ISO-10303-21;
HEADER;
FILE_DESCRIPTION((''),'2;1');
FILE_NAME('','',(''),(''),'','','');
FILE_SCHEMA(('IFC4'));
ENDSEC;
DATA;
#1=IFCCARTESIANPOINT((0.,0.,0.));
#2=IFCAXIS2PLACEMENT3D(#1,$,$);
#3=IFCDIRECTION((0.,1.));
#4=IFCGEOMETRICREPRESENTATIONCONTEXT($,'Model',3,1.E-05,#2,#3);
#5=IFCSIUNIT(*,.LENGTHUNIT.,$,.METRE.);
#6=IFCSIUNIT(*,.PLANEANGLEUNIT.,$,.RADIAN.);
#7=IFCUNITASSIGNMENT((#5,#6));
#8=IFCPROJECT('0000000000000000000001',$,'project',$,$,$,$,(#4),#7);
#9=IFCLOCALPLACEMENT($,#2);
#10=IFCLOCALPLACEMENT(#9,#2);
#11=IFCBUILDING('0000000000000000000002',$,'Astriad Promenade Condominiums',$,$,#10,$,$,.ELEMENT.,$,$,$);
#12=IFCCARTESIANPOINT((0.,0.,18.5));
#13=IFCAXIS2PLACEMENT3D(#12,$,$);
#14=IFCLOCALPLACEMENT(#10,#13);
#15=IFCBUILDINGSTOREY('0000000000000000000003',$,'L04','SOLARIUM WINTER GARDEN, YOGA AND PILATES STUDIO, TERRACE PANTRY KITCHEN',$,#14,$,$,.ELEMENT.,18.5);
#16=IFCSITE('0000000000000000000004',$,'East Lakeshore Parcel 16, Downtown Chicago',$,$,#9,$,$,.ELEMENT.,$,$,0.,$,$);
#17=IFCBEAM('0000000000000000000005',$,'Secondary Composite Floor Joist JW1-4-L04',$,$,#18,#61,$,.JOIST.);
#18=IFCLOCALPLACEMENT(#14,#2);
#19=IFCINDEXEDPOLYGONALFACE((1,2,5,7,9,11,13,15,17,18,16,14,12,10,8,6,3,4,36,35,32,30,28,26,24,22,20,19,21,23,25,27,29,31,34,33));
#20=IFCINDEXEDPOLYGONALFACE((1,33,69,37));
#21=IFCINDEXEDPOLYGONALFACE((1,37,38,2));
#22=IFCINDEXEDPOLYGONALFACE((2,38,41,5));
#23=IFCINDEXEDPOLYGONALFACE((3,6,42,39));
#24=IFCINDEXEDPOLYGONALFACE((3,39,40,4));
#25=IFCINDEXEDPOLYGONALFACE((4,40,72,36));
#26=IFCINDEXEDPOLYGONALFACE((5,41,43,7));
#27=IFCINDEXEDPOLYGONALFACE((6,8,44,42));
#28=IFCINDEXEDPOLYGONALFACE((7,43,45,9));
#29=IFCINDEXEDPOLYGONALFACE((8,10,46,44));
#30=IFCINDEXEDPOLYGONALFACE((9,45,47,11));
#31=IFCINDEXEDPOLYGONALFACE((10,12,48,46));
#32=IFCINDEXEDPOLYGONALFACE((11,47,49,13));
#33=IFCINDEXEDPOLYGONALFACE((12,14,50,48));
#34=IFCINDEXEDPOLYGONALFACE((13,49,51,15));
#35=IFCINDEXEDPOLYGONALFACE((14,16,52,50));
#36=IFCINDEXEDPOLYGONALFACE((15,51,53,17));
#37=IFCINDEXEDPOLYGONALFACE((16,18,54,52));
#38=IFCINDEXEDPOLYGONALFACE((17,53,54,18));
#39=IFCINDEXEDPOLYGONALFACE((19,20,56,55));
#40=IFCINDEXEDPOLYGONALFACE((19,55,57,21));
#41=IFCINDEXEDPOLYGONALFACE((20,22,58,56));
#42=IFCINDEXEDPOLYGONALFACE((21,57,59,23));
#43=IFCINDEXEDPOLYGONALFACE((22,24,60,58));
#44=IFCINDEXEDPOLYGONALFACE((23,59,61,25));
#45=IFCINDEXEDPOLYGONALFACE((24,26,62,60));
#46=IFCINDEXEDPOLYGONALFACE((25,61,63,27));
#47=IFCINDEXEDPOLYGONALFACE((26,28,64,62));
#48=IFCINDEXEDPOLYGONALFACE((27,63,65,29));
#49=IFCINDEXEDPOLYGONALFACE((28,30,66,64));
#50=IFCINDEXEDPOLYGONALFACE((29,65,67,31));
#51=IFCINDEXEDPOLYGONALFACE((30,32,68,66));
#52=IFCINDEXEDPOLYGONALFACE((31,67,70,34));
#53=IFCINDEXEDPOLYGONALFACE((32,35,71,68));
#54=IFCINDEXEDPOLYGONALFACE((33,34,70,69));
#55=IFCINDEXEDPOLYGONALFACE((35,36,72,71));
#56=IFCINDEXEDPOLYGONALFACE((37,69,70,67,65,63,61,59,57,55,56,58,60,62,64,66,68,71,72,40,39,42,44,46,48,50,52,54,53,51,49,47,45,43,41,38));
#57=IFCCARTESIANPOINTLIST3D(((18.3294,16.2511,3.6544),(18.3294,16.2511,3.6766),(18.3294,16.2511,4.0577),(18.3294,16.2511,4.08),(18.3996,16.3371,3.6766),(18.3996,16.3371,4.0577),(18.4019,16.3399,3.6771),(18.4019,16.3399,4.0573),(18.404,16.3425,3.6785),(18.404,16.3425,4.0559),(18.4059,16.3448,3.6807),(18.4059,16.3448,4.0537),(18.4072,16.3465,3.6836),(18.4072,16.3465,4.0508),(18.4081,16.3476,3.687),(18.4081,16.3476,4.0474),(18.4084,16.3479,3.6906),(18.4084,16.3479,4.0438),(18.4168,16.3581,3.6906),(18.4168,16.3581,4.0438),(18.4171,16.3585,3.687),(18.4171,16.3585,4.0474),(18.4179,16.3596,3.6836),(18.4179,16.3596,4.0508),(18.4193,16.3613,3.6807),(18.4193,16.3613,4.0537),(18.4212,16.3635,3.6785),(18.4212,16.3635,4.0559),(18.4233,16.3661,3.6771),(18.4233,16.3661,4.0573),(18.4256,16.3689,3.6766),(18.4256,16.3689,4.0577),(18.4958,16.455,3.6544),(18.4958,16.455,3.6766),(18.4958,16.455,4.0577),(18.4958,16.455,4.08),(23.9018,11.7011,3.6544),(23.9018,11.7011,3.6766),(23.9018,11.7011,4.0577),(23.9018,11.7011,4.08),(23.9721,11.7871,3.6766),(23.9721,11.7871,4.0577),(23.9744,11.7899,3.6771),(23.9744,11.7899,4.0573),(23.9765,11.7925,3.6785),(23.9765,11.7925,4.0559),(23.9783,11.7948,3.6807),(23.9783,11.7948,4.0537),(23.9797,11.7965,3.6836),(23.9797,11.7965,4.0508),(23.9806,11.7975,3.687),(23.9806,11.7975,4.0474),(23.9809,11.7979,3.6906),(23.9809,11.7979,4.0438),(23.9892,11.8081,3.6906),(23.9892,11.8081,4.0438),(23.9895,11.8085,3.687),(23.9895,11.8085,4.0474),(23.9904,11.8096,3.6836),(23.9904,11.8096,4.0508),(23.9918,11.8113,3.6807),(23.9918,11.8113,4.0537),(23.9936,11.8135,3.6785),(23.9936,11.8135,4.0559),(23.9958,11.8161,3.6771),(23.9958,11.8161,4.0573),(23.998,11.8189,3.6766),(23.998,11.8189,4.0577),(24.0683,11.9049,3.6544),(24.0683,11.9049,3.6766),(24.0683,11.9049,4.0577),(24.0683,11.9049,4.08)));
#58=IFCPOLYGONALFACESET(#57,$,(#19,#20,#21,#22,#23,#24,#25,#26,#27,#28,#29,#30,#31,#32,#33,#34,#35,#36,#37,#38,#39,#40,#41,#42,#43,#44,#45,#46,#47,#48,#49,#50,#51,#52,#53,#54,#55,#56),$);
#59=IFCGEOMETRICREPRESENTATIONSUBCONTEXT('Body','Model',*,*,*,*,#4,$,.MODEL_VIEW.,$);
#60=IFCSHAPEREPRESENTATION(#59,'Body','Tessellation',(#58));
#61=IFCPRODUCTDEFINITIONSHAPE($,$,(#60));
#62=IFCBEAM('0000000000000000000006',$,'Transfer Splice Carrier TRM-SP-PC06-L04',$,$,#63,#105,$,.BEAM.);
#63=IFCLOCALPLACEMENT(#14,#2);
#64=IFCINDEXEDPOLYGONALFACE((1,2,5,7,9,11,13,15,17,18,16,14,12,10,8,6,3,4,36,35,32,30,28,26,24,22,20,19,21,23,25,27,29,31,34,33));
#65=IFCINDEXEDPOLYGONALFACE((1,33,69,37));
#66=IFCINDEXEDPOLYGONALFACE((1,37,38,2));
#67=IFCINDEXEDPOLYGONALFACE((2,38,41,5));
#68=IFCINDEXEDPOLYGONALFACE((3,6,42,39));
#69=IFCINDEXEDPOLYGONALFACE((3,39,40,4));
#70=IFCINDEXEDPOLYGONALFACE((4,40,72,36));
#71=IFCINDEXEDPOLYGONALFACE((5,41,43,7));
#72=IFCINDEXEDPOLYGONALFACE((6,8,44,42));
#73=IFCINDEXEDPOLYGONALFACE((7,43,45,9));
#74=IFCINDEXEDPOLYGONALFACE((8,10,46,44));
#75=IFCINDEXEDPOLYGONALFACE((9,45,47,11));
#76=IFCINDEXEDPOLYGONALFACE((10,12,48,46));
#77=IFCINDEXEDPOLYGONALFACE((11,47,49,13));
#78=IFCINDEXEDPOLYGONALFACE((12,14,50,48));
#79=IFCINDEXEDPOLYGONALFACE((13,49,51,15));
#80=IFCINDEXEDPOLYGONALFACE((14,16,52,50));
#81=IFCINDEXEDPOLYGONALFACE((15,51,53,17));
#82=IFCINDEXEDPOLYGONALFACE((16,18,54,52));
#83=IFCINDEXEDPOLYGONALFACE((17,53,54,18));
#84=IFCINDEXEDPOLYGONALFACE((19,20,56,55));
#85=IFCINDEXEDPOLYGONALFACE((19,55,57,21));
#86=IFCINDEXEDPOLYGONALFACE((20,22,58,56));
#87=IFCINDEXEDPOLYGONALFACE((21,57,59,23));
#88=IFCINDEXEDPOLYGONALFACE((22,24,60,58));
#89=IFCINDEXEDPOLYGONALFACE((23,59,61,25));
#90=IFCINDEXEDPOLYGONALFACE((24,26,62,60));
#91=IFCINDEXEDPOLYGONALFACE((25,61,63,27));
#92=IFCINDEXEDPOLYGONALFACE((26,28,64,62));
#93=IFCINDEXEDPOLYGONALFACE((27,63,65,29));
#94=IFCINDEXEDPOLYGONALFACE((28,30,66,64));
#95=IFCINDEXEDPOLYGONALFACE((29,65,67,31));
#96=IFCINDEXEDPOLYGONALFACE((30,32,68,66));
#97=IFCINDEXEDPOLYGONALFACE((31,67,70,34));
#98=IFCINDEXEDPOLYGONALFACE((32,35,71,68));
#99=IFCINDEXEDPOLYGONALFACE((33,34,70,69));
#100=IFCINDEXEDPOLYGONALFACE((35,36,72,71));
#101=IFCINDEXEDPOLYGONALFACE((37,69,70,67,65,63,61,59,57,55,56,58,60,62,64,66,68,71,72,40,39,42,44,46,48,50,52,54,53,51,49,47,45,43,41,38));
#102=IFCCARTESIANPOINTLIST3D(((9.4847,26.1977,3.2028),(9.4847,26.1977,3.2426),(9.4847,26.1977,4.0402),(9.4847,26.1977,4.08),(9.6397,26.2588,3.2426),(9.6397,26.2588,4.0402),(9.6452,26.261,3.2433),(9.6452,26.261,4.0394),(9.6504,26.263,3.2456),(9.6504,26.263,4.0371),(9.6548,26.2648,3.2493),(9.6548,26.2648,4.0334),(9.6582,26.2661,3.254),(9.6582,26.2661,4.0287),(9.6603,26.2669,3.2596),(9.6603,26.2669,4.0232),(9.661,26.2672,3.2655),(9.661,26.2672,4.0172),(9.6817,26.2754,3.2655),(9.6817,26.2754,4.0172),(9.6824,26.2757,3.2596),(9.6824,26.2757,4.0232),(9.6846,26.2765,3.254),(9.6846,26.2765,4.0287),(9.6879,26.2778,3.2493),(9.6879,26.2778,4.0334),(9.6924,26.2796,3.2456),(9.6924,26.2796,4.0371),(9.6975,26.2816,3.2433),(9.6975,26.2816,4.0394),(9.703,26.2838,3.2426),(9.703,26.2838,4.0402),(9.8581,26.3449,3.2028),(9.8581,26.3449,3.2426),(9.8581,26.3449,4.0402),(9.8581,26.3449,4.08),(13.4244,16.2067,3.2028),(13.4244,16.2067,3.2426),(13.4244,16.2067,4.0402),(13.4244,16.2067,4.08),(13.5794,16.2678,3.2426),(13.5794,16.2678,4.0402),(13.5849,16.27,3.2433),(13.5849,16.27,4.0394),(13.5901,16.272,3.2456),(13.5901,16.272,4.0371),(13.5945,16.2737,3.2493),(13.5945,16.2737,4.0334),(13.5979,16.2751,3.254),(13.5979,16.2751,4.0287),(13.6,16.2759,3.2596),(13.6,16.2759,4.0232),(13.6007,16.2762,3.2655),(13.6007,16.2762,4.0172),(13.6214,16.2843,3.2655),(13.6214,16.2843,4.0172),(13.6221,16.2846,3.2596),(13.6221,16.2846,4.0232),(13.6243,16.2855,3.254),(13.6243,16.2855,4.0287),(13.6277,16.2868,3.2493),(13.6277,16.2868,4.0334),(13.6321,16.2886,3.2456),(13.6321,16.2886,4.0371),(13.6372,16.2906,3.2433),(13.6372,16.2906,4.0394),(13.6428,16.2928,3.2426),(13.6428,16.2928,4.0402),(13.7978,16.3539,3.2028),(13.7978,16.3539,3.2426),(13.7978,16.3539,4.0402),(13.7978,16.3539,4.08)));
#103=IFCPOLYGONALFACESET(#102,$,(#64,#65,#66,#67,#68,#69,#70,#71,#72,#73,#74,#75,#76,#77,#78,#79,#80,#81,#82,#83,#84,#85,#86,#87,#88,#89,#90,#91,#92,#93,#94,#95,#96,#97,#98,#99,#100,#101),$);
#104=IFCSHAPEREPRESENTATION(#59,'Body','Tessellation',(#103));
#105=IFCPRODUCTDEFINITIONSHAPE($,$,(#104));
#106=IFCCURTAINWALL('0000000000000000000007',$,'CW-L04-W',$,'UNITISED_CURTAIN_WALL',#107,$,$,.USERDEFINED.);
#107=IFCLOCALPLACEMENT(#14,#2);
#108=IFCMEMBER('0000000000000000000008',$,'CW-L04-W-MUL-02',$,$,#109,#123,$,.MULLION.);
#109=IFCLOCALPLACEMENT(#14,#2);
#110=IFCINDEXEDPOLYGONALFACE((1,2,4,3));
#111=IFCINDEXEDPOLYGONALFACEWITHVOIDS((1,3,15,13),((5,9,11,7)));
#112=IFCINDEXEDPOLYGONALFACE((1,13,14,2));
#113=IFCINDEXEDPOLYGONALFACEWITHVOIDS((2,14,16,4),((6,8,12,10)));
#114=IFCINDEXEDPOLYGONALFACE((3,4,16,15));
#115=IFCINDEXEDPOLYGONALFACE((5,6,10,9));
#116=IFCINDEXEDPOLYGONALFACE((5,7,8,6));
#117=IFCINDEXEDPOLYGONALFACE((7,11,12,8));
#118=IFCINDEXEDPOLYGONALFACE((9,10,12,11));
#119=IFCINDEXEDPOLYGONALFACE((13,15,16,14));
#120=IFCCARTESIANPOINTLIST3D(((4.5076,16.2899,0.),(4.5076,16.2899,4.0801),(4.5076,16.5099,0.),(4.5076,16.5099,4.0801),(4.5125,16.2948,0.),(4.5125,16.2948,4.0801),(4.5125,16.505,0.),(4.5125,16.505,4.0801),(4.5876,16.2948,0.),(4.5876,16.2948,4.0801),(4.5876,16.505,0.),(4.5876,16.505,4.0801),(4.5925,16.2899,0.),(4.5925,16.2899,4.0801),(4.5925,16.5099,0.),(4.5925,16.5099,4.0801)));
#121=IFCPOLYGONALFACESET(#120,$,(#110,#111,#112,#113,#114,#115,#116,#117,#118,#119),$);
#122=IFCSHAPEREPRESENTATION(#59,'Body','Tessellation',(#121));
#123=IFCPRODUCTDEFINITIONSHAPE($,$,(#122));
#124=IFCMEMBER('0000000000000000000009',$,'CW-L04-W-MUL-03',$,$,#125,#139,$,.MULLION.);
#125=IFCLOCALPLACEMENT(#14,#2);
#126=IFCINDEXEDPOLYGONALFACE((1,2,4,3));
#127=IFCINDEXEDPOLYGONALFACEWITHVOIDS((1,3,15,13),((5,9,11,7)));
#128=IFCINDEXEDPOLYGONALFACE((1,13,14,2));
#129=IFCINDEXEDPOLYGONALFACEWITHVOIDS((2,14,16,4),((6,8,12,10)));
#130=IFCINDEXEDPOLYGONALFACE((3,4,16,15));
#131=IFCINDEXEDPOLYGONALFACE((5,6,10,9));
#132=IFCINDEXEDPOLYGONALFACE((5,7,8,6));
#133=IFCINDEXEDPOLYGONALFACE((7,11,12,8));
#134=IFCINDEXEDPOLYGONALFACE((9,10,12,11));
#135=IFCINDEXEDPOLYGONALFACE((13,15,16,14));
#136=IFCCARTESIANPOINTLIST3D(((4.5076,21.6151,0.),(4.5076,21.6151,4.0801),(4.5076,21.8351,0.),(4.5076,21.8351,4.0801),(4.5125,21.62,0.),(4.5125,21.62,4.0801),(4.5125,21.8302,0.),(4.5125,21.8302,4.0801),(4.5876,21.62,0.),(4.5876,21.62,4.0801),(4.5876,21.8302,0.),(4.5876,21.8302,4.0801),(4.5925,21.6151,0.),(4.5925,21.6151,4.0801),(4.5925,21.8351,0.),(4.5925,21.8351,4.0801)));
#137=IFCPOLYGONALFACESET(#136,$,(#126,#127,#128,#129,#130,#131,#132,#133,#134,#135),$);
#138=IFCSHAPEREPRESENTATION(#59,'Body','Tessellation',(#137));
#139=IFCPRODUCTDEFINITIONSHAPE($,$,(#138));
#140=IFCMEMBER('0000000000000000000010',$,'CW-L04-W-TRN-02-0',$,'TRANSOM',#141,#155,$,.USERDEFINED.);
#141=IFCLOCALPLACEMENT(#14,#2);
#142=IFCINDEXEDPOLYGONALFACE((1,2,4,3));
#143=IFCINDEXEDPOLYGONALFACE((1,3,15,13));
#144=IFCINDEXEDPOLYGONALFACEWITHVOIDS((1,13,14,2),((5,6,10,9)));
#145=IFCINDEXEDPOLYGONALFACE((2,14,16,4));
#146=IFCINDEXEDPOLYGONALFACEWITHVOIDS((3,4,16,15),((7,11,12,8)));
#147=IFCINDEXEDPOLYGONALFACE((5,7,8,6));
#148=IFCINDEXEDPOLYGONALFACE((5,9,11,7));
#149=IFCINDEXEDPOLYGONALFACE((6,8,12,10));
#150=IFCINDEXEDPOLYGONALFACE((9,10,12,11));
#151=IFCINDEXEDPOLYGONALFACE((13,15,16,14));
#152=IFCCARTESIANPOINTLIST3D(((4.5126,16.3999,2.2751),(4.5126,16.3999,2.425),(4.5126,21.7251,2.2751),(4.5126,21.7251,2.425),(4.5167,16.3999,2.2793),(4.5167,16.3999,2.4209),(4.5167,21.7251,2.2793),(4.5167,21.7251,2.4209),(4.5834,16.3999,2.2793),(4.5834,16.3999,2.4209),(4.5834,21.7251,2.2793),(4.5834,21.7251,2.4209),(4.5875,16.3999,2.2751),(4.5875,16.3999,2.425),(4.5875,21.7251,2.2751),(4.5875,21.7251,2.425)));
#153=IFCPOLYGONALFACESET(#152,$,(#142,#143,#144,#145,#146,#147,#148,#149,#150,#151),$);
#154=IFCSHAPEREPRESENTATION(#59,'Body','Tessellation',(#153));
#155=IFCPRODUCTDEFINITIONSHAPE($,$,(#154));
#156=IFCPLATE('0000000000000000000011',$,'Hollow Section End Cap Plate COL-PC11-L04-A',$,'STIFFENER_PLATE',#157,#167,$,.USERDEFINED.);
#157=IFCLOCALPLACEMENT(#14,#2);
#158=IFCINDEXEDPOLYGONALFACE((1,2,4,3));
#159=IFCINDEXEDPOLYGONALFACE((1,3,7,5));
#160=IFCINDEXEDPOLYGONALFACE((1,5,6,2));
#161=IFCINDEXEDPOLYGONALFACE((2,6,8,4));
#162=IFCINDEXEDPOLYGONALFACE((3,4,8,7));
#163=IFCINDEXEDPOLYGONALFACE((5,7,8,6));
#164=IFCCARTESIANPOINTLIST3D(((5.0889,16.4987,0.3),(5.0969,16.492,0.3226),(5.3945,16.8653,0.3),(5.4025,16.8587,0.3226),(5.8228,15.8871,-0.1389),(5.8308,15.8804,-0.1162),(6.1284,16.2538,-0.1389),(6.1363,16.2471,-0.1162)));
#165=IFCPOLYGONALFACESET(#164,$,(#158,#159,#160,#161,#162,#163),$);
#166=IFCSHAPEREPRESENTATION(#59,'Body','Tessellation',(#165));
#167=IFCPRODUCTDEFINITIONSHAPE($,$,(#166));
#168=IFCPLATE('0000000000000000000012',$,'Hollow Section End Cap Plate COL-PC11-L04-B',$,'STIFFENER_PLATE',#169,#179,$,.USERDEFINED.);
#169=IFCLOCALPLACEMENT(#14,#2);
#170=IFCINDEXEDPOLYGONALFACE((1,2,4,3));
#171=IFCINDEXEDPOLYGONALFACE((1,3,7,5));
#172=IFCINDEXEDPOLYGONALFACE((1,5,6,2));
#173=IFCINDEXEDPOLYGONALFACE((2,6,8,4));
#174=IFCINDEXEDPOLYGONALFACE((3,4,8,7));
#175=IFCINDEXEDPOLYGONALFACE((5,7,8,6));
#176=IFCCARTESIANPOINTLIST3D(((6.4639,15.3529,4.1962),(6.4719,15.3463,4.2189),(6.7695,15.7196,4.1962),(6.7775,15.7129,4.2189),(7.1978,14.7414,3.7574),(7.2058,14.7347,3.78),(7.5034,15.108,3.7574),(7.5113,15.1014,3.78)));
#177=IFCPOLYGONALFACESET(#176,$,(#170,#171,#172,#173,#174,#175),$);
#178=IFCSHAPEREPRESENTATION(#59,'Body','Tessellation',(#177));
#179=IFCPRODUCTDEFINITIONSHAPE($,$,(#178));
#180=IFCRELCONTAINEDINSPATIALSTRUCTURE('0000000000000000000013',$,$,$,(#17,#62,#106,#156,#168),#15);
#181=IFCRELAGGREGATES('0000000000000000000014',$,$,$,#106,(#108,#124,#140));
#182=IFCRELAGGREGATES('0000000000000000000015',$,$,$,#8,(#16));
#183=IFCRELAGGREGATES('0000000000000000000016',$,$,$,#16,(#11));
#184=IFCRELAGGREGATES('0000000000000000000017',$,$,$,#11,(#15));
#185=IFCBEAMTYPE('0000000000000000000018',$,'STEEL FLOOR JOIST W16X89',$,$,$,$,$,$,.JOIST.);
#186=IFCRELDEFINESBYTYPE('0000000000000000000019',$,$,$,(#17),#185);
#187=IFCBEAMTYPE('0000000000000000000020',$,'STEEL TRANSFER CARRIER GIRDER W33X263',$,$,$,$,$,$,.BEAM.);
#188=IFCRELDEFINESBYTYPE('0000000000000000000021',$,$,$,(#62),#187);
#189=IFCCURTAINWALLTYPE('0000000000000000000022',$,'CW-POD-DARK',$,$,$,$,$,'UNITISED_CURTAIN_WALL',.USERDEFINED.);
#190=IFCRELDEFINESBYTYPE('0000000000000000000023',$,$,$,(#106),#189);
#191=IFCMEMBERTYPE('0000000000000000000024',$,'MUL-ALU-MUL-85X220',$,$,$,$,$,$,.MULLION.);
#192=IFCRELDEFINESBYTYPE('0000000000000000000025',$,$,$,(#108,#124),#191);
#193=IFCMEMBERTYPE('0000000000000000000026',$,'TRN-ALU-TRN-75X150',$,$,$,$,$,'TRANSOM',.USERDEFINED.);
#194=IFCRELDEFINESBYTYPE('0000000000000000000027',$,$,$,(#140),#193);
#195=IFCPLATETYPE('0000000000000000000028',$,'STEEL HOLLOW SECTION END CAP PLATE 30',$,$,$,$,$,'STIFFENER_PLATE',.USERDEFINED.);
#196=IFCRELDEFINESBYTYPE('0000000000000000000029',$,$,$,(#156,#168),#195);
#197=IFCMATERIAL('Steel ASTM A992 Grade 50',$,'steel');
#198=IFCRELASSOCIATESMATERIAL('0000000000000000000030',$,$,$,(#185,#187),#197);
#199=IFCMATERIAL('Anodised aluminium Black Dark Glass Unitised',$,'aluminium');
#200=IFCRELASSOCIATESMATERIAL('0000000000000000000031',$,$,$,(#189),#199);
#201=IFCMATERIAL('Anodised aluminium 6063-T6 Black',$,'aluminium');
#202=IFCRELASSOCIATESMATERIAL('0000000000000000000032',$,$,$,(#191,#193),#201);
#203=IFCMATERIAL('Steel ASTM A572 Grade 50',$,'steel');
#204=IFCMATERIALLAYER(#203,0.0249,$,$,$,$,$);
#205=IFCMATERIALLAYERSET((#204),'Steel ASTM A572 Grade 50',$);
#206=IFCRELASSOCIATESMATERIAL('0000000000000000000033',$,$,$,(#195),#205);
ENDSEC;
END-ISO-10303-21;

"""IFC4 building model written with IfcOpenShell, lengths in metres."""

from ifc_helpers import new_model, si_unit, direction, frame, origin, origin_2d, place, context, subcontext, project, spatial, rectangle, hollow_rectangle, i_section, extrude, source, transform, mapped, material, layer, layer_set, material_profile, profile_set, type_object, type_shapes, element, aggregate, save


model = new_model("IFC4")

# Units and contexts
model_context = context("Model", 3, precision=1e-05, world=origin(), true_north=direction((0.0, 1.0)))
body_context = subcontext(model_context, "Body", "Model", "MODEL_VIEW")
ifc_project = project(units=[si_unit("LENGTHUNIT", "METRE"), si_unit("PLANEANGLEUNIT", "RADIAN")], contexts=[model_context])

# Site, building, storey
site_placement = place(None, origin())
site = spatial("IfcSite", under=ifc_project, at=site_placement, Name="East Lakeshore Parcel 16, Downtown Chicago", CompositionType="ELEMENT", RefElevation=0.0)
building_placement = place(site_placement, origin())
building = spatial("IfcBuilding", under=site, at=building_placement, Name="Astriad Promenade Condominiums", CompositionType="ELEMENT")
storey_placement = place(building_placement, frame((0.0, 0.0, 18.5)))
storey = spatial("IfcBuildingStorey", under=building, at=storey_placement, Name="L04", Description="SOLARIUM WINTER GARDEN, YOGA AND PILATES STUDIO, TERRACE PANTRY KITCHEN", CompositionType="ELEMENT", Elevation=18.5)

# Shared definitions
ifc_material_1 = material(Name="Steel ASTM A992 Grade 50", Category="steel")

# Beams
ifc_material_profile_1 = material_profile(ifc_material_1, i_section(OverallWidth=0.2632, OverallDepth=0.4255, WebThickness=0.0132, FlangeThickness=0.0222, FilletRadius=0.0139, at=origin_2d()), Name="W16X89")
ifc_profile_set_1 = profile_set([ifc_material_profile_1], Name="Steel ASTM A992 Grade 50")
beam_type_1 = type_object("IfcBeamType", Name="STEEL FLOOR JOIST W16X89", PredefinedType="JOIST", material=ifc_profile_set_1)
shared_shape_1 = source(origin(), body_context, "Body", "SweptSolid", [
    extrude(i_section(OverallWidth=0.2632, OverallDepth=0.4255, WebThickness=0.0132, FlangeThickness=0.0222, FilletRadius=0.0139, at=origin_2d()), origin(), (0.0, 0.0, 1.0), 7.1941),
])
beam_1_placement = place(storey_placement, frame((18.4126, 16.353, 3.8672), z_axis=(0.774589, -0.632465, 0.0), x_axis=(0.632465, 0.774589, 0.0)))
element("IfcBeam", 1, at=beam_1_placement, inside=storey, type_object=beam_type_1, Name="Secondary Composite Floor Joist JW1-4-L04", PredefinedType="JOIST", context=body_context, shape_type="MappedRepresentation", body=[
    mapped(shared_shape_1, transform((0.0, 0.0, 0.0), scale=1.0)),
])
ifc_material_profile_2 = material_profile(ifc_material_1, i_section(OverallWidth=0.4014, OverallDepth=0.8772, WebThickness=0.0222, FlangeThickness=0.0398, FilletRadius=0.0229, at=origin_2d()), Name="W33X263")
ifc_profile_set_2 = profile_set([ifc_material_profile_2], Name="Steel ASTM A992 Grade 50")
beam_type_2 = type_object("IfcBeamType", Name="STEEL TRANSFER CARRIER GIRDER W33X263", PredefinedType="BEAM", material=ifc_profile_set_2)
shared_shape_2 = source(origin(), body_context, "Body", "SweptSolid", [
    extrude(i_section(OverallWidth=0.4014, OverallDepth=0.8772, WebThickness=0.0222, FlangeThickness=0.0398, FilletRadius=0.0229, at=origin_2d()), origin(), (0.0, 0.0, 1.0), 10.7397),
])
type_shapes(beam_type_2, [shared_shape_2])
beam_2_placement = place(storey_placement, frame((13.6111, 16.2803, 3.6414), z_axis=(-0.366836, 0.930286, 0.0), x_axis=(-0.930286, -0.366836, 0.0)))
element("IfcBeam", 2, at=beam_2_placement, inside=storey, type_object=beam_type_2, Name="Transfer Splice Carrier TRM-SP-PC06-L04", PredefinedType="BEAM", context=body_context, shape_type="MappedRepresentation", body=[
    mapped(shared_shape_2, transform((0.0, 0.0, 0.0), scale=1.0)),
])

# Curtain wall, members
ifc_material_2 = material(Name="Anodised aluminium Black Dark Glass Unitised", Category="aluminium")
curtain_wall_type = type_object("IfcCurtainWallType", Name="CW-POD-DARK", ElementType="UNITISED_CURTAIN_WALL", PredefinedType="USERDEFINED", material=ifc_material_2)
curtain_wall_placement = place(storey_placement, origin())
curtain_wall = element("IfcCurtainWall", 3, at=curtain_wall_placement, inside=storey, type_object=curtain_wall_type, Name="CW-L04-W", ObjectType="UNITISED_CURTAIN_WALL", PredefinedType="USERDEFINED")
ifc_material_3 = material(Name="Anodised aluminium 6063-T6 Black", Category="aluminium")
ifc_material_profile_3 = material_profile(ifc_material_3, hollow_rectangle(XDim=0.085, YDim=0.22, WallThickness=0.0049, at=origin_2d()), Name="ALU-MUL-85X220")
ifc_profile_set_3 = profile_set([ifc_material_profile_3], Name="Anodised aluminium 6063-T6 Black")
member_type_1 = type_object("IfcMemberType", Name="MUL-ALU-MUL-85X220", PredefinedType="MULLION", material=ifc_profile_set_3)
shared_shape_3 = source(origin(), body_context, "Body", "SweptSolid", [
    extrude(hollow_rectangle(XDim=0.085, YDim=0.22, WallThickness=0.0049, at=origin_2d()), origin(), (0.0, 0.0, 1.0), 4.0801),
])
type_shapes(member_type_1, [shared_shape_3])
member_1_placement = place(storey_placement, frame((4.55, 16.3999, 0.0), z_axis=(0.0, 0.0, 1.0), x_axis=(1.0, 0.0, 0.0)))
member_1 = element("IfcMember", 4, at=member_1_placement, type_object=member_type_1, Name="CW-L04-W-MUL-02", PredefinedType="MULLION", context=body_context, shape_type="MappedRepresentation", body=[
    mapped(shared_shape_3, transform((0.0, 0.0, 0.0), scale=1.0)),
])
member_2_placement = place(storey_placement, frame((4.55, 21.7251, 0.0), z_axis=(0.0, 0.0, 1.0), x_axis=(1.0, 0.0, 0.0)))
member_2 = element("IfcMember", 5, at=member_2_placement, type_object=member_type_1, Name="CW-L04-W-MUL-03", PredefinedType="MULLION", context=body_context, shape_type="MappedRepresentation", body=[
    mapped(shared_shape_3, transform((0.0, 0.0, 0.0), scale=1.0)),
])
ifc_material_profile_4 = material_profile(ifc_material_3, hollow_rectangle(XDim=0.075, YDim=0.1499, WallThickness=0.0042, at=origin_2d()), Name="ALU-TRN-75X150")
ifc_profile_set_4 = profile_set([ifc_material_profile_4], Name="Anodised aluminium 6063-T6 Black")
member_type_2 = type_object("IfcMemberType", Name="TRN-ALU-TRN-75X150", ElementType="TRANSOM", PredefinedType="USERDEFINED", material=ifc_profile_set_4)
shared_shape_4 = source(origin(), body_context, "Body", "SweptSolid", [
    extrude(hollow_rectangle(XDim=0.075, YDim=0.1499, WallThickness=0.0042, at=origin_2d()), origin(), (0.0, 0.0, 1.0), 5.3252),
])
type_shapes(member_type_2, [shared_shape_4])
member_3_placement = place(storey_placement, frame((4.55, 16.3999, 2.3501), z_axis=(0.0, 1.0, 0.0), x_axis=(-1.0, 0.0, 0.0)))
member_3 = element("IfcMember", 6, at=member_3_placement, type_object=member_type_2, Name="CW-L04-W-TRN-02-0", ObjectType="TRANSOM", PredefinedType="USERDEFINED", context=body_context, shape_type="MappedRepresentation", body=[
    mapped(shared_shape_4, transform((0.0, 0.0, 0.0), scale=1.0)),
])

# Plates
ifc_material_4 = material(Name="Steel ASTM A572 Grade 50", Category="steel")
ifc_layer_1 = layer(ifc_material_4, 0.0249)
ifc_layer_set_1 = layer_set([ifc_layer_1], Name="Steel ASTM A572 Grade 50")
plate_type_1 = type_object("IfcPlateType", Name="STEEL HOLLOW SECTION END CAP PLATE 30", ElementType="STIFFENER_PLATE", PredefinedType="USERDEFINED", material=ifc_layer_set_1)
shared_shape_5 = source(origin(), body_context, "Body", "SweptSolid", [
    extrude(rectangle(XDim=0.4773, YDim=1.0513, at=origin_2d()), origin(), (0.0, 0.0, 1.0), 0.0249),
])
type_shapes(plate_type_1, [shared_shape_5])
for number, where, z_axis, x_axis, name in (
    (7, (5.6086, 16.3762, 0.0806), (0.320697, -0.267255, 0.908696), (0.640195, 0.768212, 0.0), "Hollow Section End Cap Plate COL-PC11-L04-A"),
    (8, (6.9836, 15.2305, 3.9768), (0.320697, -0.267255, 0.908696), (0.640195, 0.768212, 0.0), "Hollow Section End Cap Plate COL-PC11-L04-B"),
):
    element("IfcPlate", number, at=place(storey_placement, frame(where, z_axis=z_axis, x_axis=x_axis)), inside=storey, type_object=plate_type_1, Name=name, ObjectType="STIFFENER_PLATE", PredefinedType="USERDEFINED", context=body_context, shape_type="MappedRepresentation", body=[
        mapped(shared_shape_5, transform((0.0, 0.0, 0.0), scale=1.0)),
    ])

aggregate(curtain_wall, [member_1, member_2, member_3])

save(model, "model.ifc")
